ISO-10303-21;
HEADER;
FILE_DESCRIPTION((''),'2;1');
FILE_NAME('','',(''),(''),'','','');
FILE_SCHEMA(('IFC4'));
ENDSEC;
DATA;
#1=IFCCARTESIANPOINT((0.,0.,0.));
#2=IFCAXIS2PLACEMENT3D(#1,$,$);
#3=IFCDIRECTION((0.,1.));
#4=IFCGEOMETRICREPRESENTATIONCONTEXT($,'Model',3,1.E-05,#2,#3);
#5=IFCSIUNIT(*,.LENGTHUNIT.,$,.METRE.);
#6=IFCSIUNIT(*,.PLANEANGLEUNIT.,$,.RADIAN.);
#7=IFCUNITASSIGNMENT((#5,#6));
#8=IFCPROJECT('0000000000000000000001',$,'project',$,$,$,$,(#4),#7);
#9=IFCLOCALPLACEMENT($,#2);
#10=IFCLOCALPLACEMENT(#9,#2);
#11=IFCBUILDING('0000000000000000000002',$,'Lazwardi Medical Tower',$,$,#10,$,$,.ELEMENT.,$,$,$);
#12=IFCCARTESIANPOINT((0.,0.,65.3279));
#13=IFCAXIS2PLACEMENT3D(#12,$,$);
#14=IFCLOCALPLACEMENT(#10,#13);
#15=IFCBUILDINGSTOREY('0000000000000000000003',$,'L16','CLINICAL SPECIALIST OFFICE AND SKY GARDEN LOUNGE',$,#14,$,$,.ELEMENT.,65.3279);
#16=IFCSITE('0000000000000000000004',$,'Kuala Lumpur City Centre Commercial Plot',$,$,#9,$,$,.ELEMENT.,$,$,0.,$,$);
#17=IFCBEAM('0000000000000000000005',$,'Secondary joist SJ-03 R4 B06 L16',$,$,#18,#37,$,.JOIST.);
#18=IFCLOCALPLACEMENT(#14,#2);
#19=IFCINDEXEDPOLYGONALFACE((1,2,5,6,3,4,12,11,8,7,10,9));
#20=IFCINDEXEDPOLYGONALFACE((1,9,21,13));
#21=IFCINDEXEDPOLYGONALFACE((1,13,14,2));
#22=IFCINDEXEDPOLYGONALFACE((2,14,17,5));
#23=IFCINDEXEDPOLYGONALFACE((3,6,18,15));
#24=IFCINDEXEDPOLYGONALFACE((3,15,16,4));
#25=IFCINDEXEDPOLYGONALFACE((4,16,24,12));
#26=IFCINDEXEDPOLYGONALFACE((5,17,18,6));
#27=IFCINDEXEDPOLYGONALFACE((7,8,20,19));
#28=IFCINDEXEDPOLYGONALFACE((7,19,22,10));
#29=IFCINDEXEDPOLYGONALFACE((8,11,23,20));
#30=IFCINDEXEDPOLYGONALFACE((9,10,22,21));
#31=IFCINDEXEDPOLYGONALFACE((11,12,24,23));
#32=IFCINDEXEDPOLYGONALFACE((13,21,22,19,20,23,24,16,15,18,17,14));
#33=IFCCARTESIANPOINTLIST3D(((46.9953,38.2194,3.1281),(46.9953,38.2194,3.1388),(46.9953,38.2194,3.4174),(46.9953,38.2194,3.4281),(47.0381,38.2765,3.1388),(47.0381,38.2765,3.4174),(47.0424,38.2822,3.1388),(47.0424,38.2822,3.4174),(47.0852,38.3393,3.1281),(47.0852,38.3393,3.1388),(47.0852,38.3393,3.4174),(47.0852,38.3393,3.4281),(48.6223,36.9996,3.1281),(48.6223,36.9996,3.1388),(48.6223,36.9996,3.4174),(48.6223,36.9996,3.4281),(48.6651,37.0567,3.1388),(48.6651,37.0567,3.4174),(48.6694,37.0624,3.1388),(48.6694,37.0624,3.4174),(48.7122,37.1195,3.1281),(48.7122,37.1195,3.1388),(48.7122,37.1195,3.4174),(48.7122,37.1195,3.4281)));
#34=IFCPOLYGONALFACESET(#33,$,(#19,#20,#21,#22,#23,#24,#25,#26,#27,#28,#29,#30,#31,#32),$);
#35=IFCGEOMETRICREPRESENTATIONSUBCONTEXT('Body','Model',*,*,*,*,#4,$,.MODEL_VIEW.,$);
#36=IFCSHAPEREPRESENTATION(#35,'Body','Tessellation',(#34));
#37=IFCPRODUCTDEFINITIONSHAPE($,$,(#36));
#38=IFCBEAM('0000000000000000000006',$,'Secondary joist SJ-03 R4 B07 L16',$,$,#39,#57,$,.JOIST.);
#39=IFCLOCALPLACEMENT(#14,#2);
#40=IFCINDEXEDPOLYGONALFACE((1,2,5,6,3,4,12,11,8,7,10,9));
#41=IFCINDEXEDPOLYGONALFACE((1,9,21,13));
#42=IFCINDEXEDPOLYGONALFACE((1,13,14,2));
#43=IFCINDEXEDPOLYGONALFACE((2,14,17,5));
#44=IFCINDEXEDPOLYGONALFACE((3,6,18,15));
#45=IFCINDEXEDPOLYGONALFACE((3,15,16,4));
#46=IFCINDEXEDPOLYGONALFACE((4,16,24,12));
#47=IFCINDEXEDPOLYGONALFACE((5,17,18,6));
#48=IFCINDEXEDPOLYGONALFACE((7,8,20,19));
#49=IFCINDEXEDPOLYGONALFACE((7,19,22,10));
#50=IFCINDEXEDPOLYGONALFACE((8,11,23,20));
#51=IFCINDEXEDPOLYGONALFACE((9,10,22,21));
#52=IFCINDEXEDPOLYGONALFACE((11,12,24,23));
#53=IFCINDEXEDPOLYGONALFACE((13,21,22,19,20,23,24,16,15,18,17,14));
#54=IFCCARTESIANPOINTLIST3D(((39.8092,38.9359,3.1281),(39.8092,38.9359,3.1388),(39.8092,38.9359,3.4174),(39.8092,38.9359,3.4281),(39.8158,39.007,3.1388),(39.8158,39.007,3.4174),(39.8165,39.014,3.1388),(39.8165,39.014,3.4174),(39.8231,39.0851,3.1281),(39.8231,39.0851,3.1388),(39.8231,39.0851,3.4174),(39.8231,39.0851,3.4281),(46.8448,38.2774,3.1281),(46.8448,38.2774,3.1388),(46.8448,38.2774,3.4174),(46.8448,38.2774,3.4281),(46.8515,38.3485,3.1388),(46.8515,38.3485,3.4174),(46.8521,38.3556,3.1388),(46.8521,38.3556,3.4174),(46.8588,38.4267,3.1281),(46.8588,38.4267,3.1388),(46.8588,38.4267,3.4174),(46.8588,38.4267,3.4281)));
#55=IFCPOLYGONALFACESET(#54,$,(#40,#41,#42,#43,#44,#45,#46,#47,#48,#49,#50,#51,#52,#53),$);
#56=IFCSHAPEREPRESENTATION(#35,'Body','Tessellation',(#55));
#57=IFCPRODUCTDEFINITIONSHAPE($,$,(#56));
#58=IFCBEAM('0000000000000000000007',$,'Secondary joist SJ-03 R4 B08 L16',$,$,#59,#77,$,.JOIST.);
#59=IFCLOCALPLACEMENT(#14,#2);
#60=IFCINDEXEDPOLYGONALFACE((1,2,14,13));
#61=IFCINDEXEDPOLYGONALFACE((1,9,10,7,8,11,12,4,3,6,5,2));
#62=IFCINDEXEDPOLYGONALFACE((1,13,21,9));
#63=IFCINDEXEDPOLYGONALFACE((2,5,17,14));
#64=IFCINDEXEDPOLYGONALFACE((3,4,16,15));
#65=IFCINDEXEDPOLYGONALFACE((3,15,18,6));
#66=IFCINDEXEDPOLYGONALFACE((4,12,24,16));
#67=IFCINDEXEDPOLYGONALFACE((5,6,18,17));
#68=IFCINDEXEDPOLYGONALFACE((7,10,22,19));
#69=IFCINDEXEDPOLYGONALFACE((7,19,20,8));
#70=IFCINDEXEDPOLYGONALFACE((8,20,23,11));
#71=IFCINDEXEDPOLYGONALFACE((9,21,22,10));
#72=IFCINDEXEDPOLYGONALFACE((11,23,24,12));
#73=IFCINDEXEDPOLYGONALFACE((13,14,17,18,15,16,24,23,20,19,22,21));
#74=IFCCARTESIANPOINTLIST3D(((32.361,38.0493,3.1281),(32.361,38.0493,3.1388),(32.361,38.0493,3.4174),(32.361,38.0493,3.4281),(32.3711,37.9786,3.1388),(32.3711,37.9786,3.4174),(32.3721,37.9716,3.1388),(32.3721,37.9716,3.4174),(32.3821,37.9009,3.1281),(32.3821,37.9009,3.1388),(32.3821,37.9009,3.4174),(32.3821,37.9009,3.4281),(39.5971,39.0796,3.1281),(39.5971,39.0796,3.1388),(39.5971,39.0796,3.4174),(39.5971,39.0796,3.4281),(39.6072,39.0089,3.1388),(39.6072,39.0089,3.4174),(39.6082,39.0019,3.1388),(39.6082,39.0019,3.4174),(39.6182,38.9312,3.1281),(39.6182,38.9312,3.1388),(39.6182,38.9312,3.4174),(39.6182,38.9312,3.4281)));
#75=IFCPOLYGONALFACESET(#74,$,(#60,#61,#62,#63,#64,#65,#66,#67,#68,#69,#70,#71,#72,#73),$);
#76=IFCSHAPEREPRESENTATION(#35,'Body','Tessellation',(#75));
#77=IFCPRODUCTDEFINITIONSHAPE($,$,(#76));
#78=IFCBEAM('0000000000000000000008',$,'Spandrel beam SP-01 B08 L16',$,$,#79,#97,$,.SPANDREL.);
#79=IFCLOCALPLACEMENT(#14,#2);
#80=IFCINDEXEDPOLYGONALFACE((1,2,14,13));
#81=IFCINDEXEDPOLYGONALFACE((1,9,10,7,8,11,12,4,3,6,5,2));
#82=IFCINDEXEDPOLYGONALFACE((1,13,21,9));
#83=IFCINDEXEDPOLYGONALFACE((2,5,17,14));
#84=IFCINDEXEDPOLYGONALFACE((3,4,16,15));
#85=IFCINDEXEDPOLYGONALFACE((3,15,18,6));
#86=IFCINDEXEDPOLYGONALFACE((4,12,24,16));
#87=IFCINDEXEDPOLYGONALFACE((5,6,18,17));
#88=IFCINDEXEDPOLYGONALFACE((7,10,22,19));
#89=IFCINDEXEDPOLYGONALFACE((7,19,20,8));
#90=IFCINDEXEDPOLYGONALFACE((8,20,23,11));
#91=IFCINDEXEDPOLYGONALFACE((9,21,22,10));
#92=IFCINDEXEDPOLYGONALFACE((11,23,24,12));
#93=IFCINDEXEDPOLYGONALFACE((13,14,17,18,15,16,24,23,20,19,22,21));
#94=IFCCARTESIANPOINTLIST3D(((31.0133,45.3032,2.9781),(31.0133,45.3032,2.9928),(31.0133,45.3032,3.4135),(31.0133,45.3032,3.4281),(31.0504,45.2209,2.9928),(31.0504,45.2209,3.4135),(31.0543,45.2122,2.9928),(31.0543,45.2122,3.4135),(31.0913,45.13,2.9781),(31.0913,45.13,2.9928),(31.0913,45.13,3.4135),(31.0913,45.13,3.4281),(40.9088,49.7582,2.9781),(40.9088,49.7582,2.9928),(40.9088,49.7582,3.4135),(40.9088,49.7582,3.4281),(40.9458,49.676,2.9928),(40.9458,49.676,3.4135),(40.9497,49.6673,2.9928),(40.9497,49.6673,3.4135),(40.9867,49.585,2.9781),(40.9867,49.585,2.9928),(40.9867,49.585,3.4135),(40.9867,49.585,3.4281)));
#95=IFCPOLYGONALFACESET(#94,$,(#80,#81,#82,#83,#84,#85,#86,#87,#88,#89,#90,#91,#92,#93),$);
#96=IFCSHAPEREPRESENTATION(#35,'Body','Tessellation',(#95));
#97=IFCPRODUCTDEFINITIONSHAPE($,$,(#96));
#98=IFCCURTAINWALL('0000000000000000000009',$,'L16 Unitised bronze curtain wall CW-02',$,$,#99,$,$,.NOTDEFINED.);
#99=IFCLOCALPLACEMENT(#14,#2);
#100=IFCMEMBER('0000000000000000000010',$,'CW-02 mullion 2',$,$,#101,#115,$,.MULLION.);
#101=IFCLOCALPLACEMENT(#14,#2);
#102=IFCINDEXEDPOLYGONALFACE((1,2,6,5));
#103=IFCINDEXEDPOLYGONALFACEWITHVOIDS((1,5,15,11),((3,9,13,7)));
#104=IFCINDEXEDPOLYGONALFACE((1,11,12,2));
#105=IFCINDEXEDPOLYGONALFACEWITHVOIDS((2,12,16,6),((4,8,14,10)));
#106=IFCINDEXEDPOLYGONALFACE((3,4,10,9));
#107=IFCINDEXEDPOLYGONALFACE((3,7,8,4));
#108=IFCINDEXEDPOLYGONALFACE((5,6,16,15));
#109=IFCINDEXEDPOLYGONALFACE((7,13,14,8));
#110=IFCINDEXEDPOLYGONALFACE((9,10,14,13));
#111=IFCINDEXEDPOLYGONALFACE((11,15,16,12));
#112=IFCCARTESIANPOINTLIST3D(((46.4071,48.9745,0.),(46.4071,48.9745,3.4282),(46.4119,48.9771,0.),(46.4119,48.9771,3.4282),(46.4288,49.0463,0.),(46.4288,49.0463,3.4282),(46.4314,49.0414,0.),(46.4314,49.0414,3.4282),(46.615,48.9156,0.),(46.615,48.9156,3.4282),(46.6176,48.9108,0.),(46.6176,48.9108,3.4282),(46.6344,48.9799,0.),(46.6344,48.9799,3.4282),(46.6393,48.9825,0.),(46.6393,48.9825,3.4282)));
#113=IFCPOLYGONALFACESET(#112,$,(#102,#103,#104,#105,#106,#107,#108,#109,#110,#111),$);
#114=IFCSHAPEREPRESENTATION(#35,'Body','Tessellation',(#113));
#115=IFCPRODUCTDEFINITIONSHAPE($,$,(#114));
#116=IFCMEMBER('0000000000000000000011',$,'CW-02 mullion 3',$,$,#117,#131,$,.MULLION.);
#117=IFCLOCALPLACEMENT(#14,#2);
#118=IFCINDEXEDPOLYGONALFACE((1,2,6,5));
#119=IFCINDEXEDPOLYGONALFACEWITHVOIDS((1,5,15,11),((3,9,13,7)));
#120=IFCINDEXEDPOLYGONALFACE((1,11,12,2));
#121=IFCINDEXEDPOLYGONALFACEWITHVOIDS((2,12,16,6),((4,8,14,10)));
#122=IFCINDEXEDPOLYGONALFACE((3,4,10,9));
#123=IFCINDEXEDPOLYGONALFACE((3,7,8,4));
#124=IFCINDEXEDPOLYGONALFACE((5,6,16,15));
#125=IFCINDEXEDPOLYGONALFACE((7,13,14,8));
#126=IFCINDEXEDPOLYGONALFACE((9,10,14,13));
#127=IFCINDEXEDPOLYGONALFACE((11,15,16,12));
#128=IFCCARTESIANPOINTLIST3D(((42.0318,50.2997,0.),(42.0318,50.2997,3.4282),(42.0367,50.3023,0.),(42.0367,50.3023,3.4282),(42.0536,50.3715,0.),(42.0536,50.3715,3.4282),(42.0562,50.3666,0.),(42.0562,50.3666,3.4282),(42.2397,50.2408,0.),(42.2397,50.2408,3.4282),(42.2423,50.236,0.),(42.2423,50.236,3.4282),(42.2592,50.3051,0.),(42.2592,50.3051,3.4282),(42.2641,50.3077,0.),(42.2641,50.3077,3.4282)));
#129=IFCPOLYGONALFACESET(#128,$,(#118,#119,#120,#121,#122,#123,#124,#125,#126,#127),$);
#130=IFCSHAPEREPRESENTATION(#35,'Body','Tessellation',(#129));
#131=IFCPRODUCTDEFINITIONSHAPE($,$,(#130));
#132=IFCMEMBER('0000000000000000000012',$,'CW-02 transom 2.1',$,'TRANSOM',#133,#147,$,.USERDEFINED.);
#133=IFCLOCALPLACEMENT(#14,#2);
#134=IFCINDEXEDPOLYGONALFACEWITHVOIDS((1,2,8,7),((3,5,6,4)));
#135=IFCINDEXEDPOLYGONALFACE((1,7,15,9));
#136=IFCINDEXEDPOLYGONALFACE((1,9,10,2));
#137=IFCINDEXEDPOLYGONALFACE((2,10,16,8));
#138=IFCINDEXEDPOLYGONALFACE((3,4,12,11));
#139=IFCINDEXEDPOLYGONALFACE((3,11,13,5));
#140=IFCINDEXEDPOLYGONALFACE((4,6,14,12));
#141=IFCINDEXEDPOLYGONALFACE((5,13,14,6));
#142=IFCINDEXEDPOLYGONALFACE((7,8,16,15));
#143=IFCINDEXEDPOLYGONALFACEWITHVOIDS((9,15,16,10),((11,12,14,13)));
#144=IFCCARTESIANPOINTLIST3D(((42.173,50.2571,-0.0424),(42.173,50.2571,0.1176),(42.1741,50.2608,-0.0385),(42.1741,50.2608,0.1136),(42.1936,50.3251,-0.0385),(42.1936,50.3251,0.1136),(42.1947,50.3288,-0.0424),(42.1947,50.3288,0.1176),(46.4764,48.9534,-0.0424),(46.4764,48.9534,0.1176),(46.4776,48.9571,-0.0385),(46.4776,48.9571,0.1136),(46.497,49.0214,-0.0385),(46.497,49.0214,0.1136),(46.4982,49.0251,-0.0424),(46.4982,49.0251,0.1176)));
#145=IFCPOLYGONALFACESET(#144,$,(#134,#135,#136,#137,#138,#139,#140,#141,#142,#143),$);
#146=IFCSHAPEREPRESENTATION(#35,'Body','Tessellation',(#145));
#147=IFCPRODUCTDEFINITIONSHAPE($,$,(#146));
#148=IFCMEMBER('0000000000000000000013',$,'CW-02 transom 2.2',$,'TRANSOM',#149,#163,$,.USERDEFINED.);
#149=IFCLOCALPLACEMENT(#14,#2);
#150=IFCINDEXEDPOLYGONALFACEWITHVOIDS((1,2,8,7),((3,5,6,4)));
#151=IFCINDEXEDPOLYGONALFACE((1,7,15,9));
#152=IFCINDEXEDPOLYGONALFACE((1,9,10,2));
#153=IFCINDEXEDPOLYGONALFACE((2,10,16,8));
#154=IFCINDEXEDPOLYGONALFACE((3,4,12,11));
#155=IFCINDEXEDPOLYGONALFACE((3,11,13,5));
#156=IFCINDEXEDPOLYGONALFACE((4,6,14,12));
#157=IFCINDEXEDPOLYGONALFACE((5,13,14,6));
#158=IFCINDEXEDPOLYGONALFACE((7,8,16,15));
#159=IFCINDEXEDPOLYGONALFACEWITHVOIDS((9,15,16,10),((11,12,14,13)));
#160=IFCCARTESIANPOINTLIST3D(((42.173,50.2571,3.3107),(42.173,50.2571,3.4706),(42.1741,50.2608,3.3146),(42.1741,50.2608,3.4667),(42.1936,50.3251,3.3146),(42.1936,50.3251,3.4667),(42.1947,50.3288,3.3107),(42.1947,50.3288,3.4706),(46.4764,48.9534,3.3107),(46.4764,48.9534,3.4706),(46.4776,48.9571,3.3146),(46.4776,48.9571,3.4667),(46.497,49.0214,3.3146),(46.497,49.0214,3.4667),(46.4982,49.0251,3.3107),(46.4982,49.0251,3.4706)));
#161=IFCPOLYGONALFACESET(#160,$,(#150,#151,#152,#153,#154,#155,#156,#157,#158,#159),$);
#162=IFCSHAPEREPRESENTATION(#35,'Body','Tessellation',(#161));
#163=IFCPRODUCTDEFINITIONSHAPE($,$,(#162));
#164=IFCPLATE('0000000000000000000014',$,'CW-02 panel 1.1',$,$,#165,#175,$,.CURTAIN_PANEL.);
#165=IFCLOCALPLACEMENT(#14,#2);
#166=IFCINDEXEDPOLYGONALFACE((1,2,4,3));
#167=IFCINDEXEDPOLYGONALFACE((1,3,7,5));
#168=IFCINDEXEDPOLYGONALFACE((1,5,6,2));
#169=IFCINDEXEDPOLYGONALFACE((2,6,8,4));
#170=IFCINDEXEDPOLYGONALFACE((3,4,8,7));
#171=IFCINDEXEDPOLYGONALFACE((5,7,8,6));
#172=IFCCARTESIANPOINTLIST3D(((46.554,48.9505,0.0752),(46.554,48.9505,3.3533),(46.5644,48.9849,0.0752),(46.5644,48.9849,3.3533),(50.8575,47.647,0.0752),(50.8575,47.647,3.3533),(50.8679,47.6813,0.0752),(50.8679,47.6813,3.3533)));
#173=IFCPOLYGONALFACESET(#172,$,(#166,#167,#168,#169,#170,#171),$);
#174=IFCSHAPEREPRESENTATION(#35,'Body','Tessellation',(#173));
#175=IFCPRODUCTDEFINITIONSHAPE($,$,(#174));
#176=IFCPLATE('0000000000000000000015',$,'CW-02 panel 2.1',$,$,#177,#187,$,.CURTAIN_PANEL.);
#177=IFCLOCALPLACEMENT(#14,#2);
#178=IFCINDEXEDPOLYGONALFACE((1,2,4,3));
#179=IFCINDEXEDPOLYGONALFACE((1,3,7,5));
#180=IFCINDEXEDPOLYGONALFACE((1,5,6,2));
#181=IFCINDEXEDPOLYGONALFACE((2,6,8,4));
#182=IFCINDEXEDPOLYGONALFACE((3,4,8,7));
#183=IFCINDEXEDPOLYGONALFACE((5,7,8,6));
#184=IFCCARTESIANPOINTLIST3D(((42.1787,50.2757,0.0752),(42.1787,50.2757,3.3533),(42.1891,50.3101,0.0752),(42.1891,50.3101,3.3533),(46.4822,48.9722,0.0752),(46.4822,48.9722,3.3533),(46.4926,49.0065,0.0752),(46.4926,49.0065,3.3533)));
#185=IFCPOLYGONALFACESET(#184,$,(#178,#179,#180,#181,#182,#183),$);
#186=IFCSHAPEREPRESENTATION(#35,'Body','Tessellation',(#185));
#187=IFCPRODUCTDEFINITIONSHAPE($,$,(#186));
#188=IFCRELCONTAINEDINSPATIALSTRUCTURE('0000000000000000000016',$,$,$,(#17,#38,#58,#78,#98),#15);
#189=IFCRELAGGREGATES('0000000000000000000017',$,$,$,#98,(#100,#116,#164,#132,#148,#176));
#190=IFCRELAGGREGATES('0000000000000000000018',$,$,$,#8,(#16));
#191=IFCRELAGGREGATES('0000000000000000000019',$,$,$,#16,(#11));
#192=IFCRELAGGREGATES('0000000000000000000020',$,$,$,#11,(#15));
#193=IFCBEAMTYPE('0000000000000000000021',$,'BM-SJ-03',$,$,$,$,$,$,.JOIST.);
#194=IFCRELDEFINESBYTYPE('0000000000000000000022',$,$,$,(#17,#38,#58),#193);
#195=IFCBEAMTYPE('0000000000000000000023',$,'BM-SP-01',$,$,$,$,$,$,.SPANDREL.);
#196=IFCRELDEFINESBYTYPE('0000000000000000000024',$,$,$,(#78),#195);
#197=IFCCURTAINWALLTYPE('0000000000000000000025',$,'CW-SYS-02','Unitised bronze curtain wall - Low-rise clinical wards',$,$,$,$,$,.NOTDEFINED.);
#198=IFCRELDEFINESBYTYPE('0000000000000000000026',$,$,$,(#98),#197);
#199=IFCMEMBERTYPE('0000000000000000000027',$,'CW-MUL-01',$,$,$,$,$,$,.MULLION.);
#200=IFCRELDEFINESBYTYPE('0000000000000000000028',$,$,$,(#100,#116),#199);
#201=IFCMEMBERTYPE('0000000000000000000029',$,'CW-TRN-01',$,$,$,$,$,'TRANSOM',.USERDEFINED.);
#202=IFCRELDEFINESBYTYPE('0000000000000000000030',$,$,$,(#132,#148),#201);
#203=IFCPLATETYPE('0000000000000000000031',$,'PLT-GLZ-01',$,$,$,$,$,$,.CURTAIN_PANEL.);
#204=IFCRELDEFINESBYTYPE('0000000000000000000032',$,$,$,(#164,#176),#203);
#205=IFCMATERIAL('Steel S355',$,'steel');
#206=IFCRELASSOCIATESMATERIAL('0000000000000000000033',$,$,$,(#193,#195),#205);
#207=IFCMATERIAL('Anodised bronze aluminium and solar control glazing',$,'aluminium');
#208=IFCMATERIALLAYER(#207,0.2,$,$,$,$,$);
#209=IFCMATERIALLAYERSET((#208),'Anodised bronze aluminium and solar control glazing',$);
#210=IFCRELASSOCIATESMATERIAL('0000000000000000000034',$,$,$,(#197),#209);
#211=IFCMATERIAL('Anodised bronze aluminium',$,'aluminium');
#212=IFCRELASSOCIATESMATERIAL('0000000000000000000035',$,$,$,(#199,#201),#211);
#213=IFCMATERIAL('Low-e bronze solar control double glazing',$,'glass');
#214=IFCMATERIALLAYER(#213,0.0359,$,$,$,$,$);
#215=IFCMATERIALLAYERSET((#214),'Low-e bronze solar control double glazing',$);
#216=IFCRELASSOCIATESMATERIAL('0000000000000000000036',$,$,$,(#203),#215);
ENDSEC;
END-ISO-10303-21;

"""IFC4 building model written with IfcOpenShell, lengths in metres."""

from ifc_helpers import new_model, si_unit, direction, frame, origin, origin_2d, place, context, subcontext, project, spatial, rectangle, hollow_rectangle, i_section, extrude, material, layer, layer_set, material_profile, profile_set, type_object, element, aggregate, save


model = new_model("IFC4")

# Units and contexts
model_context = context("Model", 3, precision=1e-05, world=origin(), true_north=direction((0.0, 1.0)))
body_context = subcontext(model_context, "Body", "Model", "MODEL_VIEW")
ifc_project = project(units=[si_unit("LENGTHUNIT", "METRE"), si_unit("PLANEANGLEUNIT", "RADIAN")], contexts=[model_context])

# Site, building, storey
site_placement = place(None, origin())
site = spatial("IfcSite", under=ifc_project, at=site_placement, Name="Kuala Lumpur City Centre Commercial Plot", CompositionType="ELEMENT", RefElevation=0.0)
building_placement = place(site_placement, origin())
building = spatial("IfcBuilding", under=site, at=building_placement, Name="Lazwardi Medical Tower", CompositionType="ELEMENT")
storey_placement = place(building_placement, frame((0.0, 0.0, 65.3279)))
storey = spatial("IfcBuildingStorey", under=building, at=storey_placement, Name="L16", Description="CLINICAL SPECIALIST OFFICE AND SKY GARDEN LOUNGE", CompositionType="ELEMENT", Elevation=65.3279)

# Beams
ifc_material_1 = material(Name="Steel S355", Category="steel")
ifc_material_profile_1 = material_profile(ifc_material_1, i_section(OverallWidth=0.1499, OverallDepth=0.3, WebThickness=0.0071, FlangeThickness=0.0107, at=origin_2d()), Name="IPE 300")
ifc_profile_set_1 = profile_set([ifc_material_profile_1], Name="Steel S355")
beam_type_1 = type_object("IfcBeamType", Name="BM-SJ-03", PredefinedType="JOIST", material=ifc_profile_set_1)
beam_1_placement = place(storey_placement, frame((48.6672, 37.0596, 3.2781), z_axis=(-0.800115, 0.599846, 0.0), x_axis=(-0.599846, -0.800115, 0.0)))
element("IfcBeam", 1, at=beam_1_placement, inside=storey, type_object=beam_type_1, Name="Secondary joist SJ-03 R4 B06 L16", PredefinedType="JOIST", context=body_context, shape_type="SweptSolid", body=[
    extrude(i_section(OverallWidth=0.1499, OverallDepth=0.3, WebThickness=0.0071, FlangeThickness=0.0107, at=origin_2d()), origin(), (0.0, 0.0, 1.0), 2.0334),
])
beam_2_placement = place(storey_placement, frame((46.8518, 38.3521, 3.2781), z_axis=(-0.995649, 0.09318, 0.0), x_axis=(-0.09318, -0.995649, 0.0)))
element("IfcBeam", 2, at=beam_2_placement, inside=storey, type_object=beam_type_1, Name="Secondary joist SJ-03 R4 B07 L16", PredefinedType="JOIST", context=body_context, shape_type="SweptSolid", body=[
    extrude(i_section(OverallWidth=0.1499, OverallDepth=0.3, WebThickness=0.0071, FlangeThickness=0.0107, at=origin_2d()), origin(), (0.0, 0.0, 1.0), 7.0664),
])
beam_3_placement = place(storey_placement, frame((39.6077, 39.0054, 3.2781), z_axis=(-0.990016, -0.140958, 0.0), x_axis=(0.140958, -0.990016, 0.0)))
element("IfcBeam", 3, at=beam_3_placement, inside=storey, type_object=beam_type_1, Name="Secondary joist SJ-03 R4 B08 L16", PredefinedType="JOIST", context=body_context, shape_type="SweptSolid", body=[
    extrude(i_section(OverallWidth=0.1499, OverallDepth=0.3, WebThickness=0.0071, FlangeThickness=0.0107, at=origin_2d()), origin(), (0.0, 0.0, 1.0), 7.3091),
])
ifc_material_profile_2 = material_profile(ifc_material_1, i_section(OverallWidth=0.1899, OverallDepth=0.45, WebThickness=0.0095, FlangeThickness=0.0146, at=origin_2d()), Name="IPE 450")
ifc_profile_set_2 = profile_set([ifc_material_profile_2], Name="Steel S355")
beam_type_2 = type_object("IfcBeamType", Name="BM-SP-01", PredefinedType="SPANDREL", material=ifc_profile_set_2)
beam_4_placement = place(storey_placement, frame((40.9478, 49.6716, 3.2031), z_axis=(-0.911849, -0.410526, 0.0), x_axis=(0.410526, -0.911849, 0.0)))
element("IfcBeam", 4, at=beam_4_placement, inside=storey, type_object=beam_type_2, Name="Spandrel beam SP-01 B08 L16", PredefinedType="SPANDREL", context=body_context, shape_type="SweptSolid", body=[
    extrude(i_section(OverallWidth=0.1899, OverallDepth=0.45, WebThickness=0.0095, FlangeThickness=0.0146, at=origin_2d()), origin(), (0.0, 0.0, 1.0), 10.8521),
])

# Curtain wall, members, plates
ifc_material_2 = material(Name="Anodised bronze aluminium and solar control glazing", Category="aluminium")
ifc_layer_1 = layer(ifc_material_2, 0.2)
ifc_layer_set_1 = layer_set([ifc_layer_1], Name="Anodised bronze aluminium and solar control glazing")
curtain_wall_type = type_object("IfcCurtainWallType", Name="CW-SYS-02", Description="Unitised bronze curtain wall - Low-rise clinical wards", PredefinedType="NOTDEFINED", material=ifc_layer_set_1)
curtain_wall_placement = place(storey_placement, origin())
curtain_wall = element("IfcCurtainWall", 5, at=curtain_wall_placement, inside=storey, type_object=curtain_wall_type, Name="L16 Unitised bronze curtain wall CW-02", PredefinedType="NOTDEFINED")
ifc_material_3 = material(Name="Anodised bronze aluminium", Category="aluminium")
ifc_material_profile_3 = material_profile(ifc_material_3, hollow_rectangle(XDim=0.075, YDim=0.22, WallThickness=0.0039, at=origin_2d()), Name="ALU-MULLION 220x75x4")
ifc_profile_set_3 = profile_set([ifc_material_profile_3], Name="Anodised bronze aluminium")
member_type_1 = type_object("IfcMemberType", Name="CW-MUL-01", PredefinedType="MULLION", material=ifc_profile_set_3)
member_1_placement = place(storey_placement, frame((46.5232, 48.9785, 0.0), z_axis=(0.0, 0.0, 1.0), x_axis=(-0.289896, -0.957058, 0.0)))
member_1 = element("IfcMember", 6, at=member_1_placement, type_object=member_type_1, Name="CW-02 mullion 2", PredefinedType="MULLION", context=body_context, shape_type="SweptSolid", body=[
    extrude(hollow_rectangle(XDim=0.075, YDim=0.22, WallThickness=0.0039, at=origin_2d()), origin(), (0.0, 0.0, 1.0), 3.4282),
])
member_2_placement = place(storey_placement, frame((42.1479, 50.3037, 0.0), z_axis=(0.0, 0.0, 1.0), x_axis=(-0.289896, -0.957058, 0.0)))
member_2 = element("IfcMember", 7, at=member_2_placement, type_object=member_type_1, Name="CW-02 mullion 3", PredefinedType="MULLION", context=body_context, shape_type="SweptSolid", body=[
    extrude(hollow_rectangle(XDim=0.075, YDim=0.22, WallThickness=0.0039, at=origin_2d()), origin(), (0.0, 0.0, 1.0), 3.4282),
])
ifc_material_profile_4 = material_profile(ifc_material_3, hollow_rectangle(XDim=0.075, YDim=0.1599, WallThickness=0.0039, at=origin_2d()), Name="ALU-TRANSOM 160x75x4")
ifc_profile_set_4 = profile_set([ifc_material_profile_4], Name="Anodised bronze aluminium")
member_type_2 = type_object("IfcMemberType", Name="CW-TRN-01", ElementType="TRANSOM", PredefinedType="USERDEFINED", material=ifc_profile_set_4)
member_3_placement = place(storey_placement, frame((46.4873, 48.9893, 0.0376), z_axis=(-0.957047, 0.289932, 0.0), x_axis=(-0.289932, -0.957047, 0.0)))
member_3 = element("IfcMember", 8, at=member_3_placement, type_object=member_type_2, Name="CW-02 transom 2.1", ObjectType="TRANSOM", PredefinedType="USERDEFINED", context=body_context, shape_type="SweptSolid", body=[
    extrude(hollow_rectangle(XDim=0.075, YDim=0.1599, WallThickness=0.0039, at=origin_2d()), origin(), (0.0, 0.0, 1.0), 4.4966),
])
member_4_placement = place(storey_placement, frame((46.4873, 48.9893, 3.3906), z_axis=(-0.957047, 0.289932, 0.0), x_axis=(-0.289932, -0.957047, 0.0)))
member_4 = element("IfcMember", 9, at=member_4_placement, type_object=member_type_2, Name="CW-02 transom 2.2", ObjectType="TRANSOM", PredefinedType="USERDEFINED", context=body_context, shape_type="SweptSolid", body=[
    extrude(hollow_rectangle(XDim=0.075, YDim=0.1599, WallThickness=0.0039, at=origin_2d()), origin(), (0.0, 0.0, 1.0), 4.4966),
])
ifc_material_4 = material(Name="Low-e bronze solar control double glazing", Category="glass")
ifc_layer_2 = layer(ifc_material_4, 0.0359)
ifc_layer_set_2 = layer_set([ifc_layer_2], Name="Low-e bronze solar control double glazing")
plate_type = type_object("IfcPlateType", Name="PLT-GLZ-01", PredefinedType="CURTAIN_PANEL", material=ifc_layer_set_2)
plate_1_placement = place(storey_placement, frame((48.7109, 48.3159, 0.0752), z_axis=(0.0, 0.0, 1.0), x_axis=(-0.957058, 0.289896, 0.0)))
plate_1 = element("IfcPlate", 10, at=plate_1_placement, type_object=plate_type, Name="CW-02 panel 1.1", PredefinedType="CURTAIN_PANEL", context=body_context, shape_type="SweptSolid", body=[
    extrude(rectangle(XDim=4.4966, YDim=0.0359, at=origin_2d()), origin(), (0.0, 0.0, 1.0), 3.2781),
])
plate_2_placement = place(storey_placement, frame((44.3357, 49.6411, 0.0752), z_axis=(0.0, 0.0, 1.0), x_axis=(-0.957058, 0.289896, 0.0)))
plate_2 = element("IfcPlate", 11, at=plate_2_placement, type_object=plate_type, Name="CW-02 panel 2.1", PredefinedType="CURTAIN_PANEL", context=body_context, shape_type="SweptSolid", body=[
    extrude(rectangle(XDim=4.4966, YDim=0.0359, at=origin_2d()), origin(), (0.0, 0.0, 1.0), 3.2781),
])
aggregate(curtain_wall, [member_1, member_2, plate_1, member_3, member_4, plate_2])

save(model, "model.ifc")
